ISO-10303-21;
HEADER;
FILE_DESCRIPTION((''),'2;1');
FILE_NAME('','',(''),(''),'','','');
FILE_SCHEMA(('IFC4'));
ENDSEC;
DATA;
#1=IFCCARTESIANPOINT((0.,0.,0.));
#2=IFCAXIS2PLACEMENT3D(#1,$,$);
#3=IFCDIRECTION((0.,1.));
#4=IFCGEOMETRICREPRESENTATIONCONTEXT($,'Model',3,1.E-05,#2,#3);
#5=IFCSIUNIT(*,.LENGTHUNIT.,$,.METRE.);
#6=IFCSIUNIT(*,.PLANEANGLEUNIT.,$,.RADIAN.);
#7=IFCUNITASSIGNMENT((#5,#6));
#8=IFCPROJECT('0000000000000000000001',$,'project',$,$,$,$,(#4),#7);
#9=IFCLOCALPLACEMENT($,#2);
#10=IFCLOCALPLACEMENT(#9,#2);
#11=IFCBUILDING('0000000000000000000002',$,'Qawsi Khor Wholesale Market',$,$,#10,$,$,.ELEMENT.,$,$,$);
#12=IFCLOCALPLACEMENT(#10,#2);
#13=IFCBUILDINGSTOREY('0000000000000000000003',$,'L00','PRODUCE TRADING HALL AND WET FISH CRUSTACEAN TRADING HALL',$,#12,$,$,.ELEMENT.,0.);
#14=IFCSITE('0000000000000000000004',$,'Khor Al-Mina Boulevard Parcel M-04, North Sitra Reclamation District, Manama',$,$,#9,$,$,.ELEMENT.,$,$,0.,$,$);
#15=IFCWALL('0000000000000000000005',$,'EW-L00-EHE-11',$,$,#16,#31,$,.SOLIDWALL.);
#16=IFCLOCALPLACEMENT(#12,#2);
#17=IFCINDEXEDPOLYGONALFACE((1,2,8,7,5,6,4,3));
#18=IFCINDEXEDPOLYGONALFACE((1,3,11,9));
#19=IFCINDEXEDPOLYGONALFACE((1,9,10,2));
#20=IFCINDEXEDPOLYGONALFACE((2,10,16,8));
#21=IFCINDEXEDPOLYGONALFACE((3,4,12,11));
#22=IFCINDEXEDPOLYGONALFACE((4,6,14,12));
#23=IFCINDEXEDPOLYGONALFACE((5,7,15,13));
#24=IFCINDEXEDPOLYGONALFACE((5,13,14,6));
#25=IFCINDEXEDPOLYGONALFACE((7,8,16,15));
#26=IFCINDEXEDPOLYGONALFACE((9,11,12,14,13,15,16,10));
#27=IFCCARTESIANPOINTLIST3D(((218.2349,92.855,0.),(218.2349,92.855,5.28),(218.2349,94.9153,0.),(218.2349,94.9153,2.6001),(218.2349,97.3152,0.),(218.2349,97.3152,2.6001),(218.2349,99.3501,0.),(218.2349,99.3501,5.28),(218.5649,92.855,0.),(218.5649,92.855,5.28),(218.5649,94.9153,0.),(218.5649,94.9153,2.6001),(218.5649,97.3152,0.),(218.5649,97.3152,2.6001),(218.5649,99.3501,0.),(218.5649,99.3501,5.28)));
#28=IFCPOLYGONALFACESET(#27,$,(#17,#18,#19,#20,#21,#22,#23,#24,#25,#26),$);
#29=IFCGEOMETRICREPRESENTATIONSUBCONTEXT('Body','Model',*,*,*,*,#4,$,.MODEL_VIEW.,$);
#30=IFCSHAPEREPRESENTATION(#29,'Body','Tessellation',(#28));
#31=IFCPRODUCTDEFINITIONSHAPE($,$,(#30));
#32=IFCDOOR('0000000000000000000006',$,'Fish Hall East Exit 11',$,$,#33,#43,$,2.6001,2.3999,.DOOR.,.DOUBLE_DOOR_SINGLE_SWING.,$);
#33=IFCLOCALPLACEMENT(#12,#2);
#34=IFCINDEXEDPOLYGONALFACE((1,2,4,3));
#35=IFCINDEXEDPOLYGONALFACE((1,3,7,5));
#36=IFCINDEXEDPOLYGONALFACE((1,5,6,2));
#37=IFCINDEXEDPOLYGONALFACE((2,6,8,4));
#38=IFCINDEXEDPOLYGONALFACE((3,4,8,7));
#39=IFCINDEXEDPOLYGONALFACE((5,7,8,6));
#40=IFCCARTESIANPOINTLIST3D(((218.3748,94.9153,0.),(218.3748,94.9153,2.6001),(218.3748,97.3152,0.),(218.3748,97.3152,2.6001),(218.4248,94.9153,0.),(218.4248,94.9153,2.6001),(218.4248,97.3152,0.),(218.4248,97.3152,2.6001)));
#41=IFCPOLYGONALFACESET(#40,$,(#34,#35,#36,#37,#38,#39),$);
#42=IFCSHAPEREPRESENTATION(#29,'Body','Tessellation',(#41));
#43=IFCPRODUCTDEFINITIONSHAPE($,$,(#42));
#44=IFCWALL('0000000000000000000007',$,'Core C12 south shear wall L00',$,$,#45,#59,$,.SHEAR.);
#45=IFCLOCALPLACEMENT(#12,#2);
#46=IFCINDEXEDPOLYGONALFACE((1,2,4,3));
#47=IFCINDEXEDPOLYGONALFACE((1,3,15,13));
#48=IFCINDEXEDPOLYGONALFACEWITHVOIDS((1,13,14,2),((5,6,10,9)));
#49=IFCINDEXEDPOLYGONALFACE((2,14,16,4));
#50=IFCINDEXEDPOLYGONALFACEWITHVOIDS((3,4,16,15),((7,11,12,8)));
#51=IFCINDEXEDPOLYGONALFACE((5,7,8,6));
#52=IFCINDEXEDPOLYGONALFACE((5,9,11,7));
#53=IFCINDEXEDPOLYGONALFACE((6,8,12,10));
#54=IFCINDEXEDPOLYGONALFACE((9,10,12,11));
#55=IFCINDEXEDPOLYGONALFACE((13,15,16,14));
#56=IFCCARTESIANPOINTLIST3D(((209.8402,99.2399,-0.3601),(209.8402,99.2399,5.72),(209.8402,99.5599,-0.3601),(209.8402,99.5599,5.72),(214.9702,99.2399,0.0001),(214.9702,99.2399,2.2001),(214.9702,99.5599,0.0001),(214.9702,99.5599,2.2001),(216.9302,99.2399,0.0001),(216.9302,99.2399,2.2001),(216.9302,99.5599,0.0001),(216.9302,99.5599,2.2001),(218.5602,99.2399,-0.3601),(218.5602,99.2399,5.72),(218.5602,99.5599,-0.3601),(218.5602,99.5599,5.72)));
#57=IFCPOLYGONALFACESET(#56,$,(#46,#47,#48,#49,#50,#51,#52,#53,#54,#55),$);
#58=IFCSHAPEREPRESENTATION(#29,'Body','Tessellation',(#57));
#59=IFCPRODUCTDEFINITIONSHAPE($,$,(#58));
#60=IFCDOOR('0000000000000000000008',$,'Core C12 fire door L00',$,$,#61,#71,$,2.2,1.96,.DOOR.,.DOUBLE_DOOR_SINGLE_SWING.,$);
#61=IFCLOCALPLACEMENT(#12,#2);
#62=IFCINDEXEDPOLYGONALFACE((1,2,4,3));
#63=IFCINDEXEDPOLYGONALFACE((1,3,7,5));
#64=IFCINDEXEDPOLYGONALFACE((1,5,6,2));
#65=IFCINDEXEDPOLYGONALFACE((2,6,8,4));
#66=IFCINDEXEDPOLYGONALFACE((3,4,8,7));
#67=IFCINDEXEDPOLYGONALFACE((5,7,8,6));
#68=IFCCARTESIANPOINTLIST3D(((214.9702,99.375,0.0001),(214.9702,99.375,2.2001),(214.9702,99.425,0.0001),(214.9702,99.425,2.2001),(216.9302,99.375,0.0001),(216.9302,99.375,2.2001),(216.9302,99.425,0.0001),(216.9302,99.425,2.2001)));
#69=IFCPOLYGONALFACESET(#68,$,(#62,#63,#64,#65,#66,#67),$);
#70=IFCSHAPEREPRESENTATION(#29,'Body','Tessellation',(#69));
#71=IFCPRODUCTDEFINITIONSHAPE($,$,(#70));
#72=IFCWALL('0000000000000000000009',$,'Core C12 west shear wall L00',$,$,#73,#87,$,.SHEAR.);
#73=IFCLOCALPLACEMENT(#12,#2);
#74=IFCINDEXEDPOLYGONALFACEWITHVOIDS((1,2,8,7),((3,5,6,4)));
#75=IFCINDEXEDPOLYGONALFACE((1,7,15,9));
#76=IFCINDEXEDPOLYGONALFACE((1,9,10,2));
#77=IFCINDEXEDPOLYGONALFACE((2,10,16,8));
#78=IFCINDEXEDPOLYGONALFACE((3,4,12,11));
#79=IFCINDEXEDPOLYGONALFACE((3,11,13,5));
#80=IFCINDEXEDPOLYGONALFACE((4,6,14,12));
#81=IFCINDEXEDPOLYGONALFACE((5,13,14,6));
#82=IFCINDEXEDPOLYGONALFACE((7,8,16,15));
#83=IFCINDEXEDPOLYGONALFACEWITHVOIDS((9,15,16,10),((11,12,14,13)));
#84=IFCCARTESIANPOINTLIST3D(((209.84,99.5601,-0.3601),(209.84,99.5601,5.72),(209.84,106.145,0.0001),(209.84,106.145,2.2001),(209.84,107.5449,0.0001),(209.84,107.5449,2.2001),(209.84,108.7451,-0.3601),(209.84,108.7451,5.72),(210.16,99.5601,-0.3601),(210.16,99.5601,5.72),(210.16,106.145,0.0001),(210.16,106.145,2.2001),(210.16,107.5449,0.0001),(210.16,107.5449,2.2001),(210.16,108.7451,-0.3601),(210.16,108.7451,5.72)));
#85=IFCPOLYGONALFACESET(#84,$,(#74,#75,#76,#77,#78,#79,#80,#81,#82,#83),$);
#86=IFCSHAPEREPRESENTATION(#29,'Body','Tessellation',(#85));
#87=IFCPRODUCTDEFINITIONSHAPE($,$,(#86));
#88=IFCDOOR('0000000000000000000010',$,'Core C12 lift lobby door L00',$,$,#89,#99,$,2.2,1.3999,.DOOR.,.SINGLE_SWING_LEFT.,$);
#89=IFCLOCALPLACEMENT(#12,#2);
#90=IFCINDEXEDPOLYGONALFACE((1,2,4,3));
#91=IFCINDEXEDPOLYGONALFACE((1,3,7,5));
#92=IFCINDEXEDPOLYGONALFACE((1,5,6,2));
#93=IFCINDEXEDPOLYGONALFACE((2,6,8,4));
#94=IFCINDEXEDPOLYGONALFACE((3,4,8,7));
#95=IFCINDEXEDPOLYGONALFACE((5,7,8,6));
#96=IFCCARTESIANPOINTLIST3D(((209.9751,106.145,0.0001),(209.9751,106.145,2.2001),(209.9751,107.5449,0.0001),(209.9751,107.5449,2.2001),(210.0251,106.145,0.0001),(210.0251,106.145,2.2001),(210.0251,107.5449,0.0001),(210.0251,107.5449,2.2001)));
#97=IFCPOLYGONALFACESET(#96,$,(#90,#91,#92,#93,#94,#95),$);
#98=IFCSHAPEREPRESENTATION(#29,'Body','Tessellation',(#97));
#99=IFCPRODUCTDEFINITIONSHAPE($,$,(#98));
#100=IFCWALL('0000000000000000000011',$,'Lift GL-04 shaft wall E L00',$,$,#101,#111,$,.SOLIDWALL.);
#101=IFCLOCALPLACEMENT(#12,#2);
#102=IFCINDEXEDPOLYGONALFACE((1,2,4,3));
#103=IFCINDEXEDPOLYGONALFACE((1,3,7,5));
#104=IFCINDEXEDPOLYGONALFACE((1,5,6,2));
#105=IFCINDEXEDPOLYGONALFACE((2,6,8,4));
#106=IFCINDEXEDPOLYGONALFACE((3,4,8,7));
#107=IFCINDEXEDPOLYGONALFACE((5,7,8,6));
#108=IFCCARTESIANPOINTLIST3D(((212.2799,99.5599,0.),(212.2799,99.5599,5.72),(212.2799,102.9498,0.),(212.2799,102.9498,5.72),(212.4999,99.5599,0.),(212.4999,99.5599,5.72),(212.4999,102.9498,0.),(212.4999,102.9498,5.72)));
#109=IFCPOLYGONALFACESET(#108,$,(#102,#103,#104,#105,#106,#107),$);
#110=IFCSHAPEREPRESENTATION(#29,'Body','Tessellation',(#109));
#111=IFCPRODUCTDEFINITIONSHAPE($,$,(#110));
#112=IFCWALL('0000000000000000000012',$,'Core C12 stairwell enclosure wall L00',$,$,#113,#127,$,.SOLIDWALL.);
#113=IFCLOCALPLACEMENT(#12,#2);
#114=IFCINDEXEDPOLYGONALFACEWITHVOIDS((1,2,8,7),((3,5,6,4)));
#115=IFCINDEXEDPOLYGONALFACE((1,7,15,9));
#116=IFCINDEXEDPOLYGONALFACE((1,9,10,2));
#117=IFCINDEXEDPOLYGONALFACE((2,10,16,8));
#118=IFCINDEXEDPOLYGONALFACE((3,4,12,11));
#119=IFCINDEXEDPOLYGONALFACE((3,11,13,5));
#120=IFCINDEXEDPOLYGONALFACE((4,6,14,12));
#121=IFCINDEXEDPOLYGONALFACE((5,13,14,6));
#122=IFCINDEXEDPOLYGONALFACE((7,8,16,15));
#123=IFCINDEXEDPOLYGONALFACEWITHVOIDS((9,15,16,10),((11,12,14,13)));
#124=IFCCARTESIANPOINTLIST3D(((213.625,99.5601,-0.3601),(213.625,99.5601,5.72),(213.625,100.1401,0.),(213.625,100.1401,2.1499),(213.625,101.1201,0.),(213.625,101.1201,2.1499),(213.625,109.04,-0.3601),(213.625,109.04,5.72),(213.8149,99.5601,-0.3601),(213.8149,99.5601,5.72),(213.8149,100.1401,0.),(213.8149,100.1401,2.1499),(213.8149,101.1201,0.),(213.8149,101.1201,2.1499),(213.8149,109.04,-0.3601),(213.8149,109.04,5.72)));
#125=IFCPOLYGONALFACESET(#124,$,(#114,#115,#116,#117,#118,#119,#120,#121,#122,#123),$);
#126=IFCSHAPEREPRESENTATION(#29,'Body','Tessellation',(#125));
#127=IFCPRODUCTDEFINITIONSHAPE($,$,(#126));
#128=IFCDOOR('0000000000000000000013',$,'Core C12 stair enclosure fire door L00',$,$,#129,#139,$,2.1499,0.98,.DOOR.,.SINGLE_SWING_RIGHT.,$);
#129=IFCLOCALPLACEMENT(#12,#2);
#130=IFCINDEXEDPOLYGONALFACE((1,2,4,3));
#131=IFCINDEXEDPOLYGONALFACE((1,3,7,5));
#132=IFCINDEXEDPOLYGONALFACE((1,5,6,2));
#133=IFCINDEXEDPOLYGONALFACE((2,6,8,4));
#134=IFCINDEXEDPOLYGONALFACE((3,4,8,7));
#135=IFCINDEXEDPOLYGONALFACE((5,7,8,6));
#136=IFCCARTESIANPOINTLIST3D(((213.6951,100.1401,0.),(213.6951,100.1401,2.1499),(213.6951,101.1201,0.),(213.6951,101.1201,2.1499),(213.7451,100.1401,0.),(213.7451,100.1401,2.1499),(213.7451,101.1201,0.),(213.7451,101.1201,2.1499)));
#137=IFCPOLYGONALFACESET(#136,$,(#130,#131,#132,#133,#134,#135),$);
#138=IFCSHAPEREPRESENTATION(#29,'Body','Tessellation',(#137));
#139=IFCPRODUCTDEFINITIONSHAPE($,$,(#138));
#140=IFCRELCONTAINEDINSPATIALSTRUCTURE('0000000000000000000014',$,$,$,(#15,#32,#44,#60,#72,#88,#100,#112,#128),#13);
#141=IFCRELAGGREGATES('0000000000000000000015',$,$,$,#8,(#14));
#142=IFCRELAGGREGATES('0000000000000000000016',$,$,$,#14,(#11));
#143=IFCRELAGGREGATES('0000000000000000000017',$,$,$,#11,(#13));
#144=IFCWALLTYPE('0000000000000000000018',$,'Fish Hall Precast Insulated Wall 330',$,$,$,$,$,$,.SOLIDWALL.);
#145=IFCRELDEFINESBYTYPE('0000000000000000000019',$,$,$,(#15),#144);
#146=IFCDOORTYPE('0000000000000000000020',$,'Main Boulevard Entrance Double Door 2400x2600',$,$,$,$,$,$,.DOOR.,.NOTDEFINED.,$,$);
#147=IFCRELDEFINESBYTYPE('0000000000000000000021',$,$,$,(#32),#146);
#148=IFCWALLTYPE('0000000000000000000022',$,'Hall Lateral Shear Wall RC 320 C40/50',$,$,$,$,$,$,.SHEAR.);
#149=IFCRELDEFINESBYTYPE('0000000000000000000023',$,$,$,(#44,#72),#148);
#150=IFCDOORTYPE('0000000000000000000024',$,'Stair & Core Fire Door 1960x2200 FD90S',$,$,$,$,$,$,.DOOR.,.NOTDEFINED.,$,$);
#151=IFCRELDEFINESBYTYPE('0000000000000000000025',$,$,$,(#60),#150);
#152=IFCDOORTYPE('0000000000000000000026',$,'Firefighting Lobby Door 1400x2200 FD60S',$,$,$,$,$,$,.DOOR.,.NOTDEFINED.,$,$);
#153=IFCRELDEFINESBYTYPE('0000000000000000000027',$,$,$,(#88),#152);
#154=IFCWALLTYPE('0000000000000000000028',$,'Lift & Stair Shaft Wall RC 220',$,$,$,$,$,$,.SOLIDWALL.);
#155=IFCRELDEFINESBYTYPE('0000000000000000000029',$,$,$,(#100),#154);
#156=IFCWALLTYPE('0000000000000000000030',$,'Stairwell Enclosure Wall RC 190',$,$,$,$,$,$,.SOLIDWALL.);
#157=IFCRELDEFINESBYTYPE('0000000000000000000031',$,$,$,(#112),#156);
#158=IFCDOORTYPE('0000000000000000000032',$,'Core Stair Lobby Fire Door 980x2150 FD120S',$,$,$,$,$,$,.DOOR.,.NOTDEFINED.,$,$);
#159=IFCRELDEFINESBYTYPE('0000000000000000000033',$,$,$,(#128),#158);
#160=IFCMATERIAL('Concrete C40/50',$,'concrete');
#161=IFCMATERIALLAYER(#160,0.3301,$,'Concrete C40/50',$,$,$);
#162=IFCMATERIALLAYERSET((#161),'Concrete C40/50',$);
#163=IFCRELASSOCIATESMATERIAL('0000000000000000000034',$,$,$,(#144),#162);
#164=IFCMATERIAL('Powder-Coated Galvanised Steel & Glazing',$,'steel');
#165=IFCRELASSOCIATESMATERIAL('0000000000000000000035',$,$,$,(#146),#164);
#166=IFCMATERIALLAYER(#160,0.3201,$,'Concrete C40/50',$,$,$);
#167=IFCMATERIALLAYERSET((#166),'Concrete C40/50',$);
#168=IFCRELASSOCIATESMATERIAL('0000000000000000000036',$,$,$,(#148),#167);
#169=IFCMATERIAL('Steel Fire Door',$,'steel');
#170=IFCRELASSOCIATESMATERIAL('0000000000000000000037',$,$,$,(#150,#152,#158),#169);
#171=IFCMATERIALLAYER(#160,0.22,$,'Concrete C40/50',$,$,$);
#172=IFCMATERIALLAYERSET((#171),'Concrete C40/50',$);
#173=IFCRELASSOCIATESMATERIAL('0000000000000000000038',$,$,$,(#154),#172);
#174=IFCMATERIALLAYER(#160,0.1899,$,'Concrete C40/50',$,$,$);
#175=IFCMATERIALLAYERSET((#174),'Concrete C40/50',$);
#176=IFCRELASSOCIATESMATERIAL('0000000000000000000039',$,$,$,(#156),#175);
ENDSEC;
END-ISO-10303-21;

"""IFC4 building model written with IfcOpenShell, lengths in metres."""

from ifc_helpers import new_model, si_unit, direction, frame, frame_2d, origin, place, context, subcontext, project, spatial, rectangle, extrude, material, layer, layer_set, type_object, element, fill, save


model = new_model("IFC4")

# Units and contexts
model_context = context("Model", 3, precision=1e-05, world=origin(), true_north=direction((0.0, 1.0)))
body_context = subcontext(model_context, "Body", "Model", "MODEL_VIEW")
ifc_project = project(units=[si_unit("LENGTHUNIT", "METRE"), si_unit("PLANEANGLEUNIT", "RADIAN")], contexts=[model_context])

# Site, building, storey
site_placement = place(None, origin())
site = spatial("IfcSite", under=ifc_project, at=site_placement, Name="Khor Al-Mina Boulevard Parcel M-04, North Sitra Reclamation District, Manama", CompositionType="ELEMENT", RefElevation=0.0)
building_placement = place(site_placement, origin())
building = spatial("IfcBuilding", under=site, at=building_placement, Name="Qawsi Khor Wholesale Market", CompositionType="ELEMENT")
storey_placement = place(building_placement, origin())
storey = spatial("IfcBuildingStorey", under=building, at=storey_placement, Name="L00", Description="PRODUCE TRADING HALL AND WET FISH CRUSTACEAN TRADING HALL", CompositionType="ELEMENT", Elevation=0.0)

# Shared definitions
ifc_material_1 = material(Name="Concrete C40/50", Category="concrete")

# Walls, openings, doors
ifc_layer_1 = layer(ifc_material_1, 0.3301, Name="Concrete C40/50")
ifc_layer_set_1 = layer_set([ifc_layer_1], Name="Concrete C40/50")
wall_type_1 = type_object("IfcWallType", Name="Fish Hall Precast Insulated Wall 330", PredefinedType="SOLIDWALL", material=ifc_layer_set_1)
wall_1_placement = place(storey_placement, frame((218.3999, 99.3501, 0.0), z_axis=(0.0, 0.0, 1.0), x_axis=(0.0, -1.0, 0.0)))
wall_1 = element("IfcWall", 1, at=wall_1_placement, inside=storey, type_object=wall_type_1, Name="EW-L00-EHE-11", PredefinedType="SOLIDWALL", context=body_context, shape_type="SweptSolid", body=[
    extrude(rectangle(XDim=6.4951, YDim=0.3301, at=frame_2d((3.2476, 0.0))), origin(), (0.0, 0.0, 1.0), 5.28),
])
opening_1_placement = place(wall_1_placement, frame((2.0349, 0.0, 0.0)))
opening_1 = element("IfcOpeningElement", 2, at=opening_1_placement, cuts=wall_1, PredefinedType="OPENING", context=body_context, shape_type="SweptSolid", body=[
    extrude(rectangle(XDim=2.3999, YDim=2.6001, at=frame_2d((1.2, 1.3))), frame((0.0, 0.175, 0.0), z_axis=(0.0, -1.0, 0.0), x_axis=(1.0, 0.0, 0.0)), (0.0, 0.0, 1.0), 0.3501),
])
ifc_material_2 = material(Name="Powder-Coated Galvanised Steel & Glazing", Category="steel")
door_type_1 = type_object("IfcDoorType", Name="Main Boulevard Entrance Double Door 2400x2600", OperationType="NOTDEFINED", PredefinedType="DOOR", material=ifc_material_2)
door_1_placement = place(opening_1_placement, origin())
door_1 = element("IfcDoor", 3, at=door_1_placement, inside=storey, type_object=door_type_1, Name="Fish Hall East Exit 11", OperationType="DOUBLE_DOOR_SINGLE_SWING", OverallHeight=2.6001, OverallWidth=2.3999, PredefinedType="DOOR", context=body_context, shape_type="SweptSolid", body=[
    extrude(rectangle(XDim=2.3999, YDim=2.6001, at=frame_2d((1.2, 1.3))), frame((0.0, 0.0249, 0.0), z_axis=(0.0, -1.0, 0.0), x_axis=(1.0, 0.0, 0.0)), (0.0, 0.0, 1.0), 0.05),
])
fill(opening_1, door_1)
ifc_layer_2 = layer(ifc_material_1, 0.3201, Name="Concrete C40/50")
ifc_layer_set_2 = layer_set([ifc_layer_2], Name="Concrete C40/50")
wall_type_2 = type_object("IfcWallType", Name="Hall Lateral Shear Wall RC 320 C40/50", PredefinedType="SHEAR", material=ifc_layer_set_2)
wall_2_placement = place(storey_placement, frame((218.5601, 99.3999, -0.3601), z_axis=(0.0, 0.0, 1.0), x_axis=(-1.0, 0.0, 0.0)))
wall_2 = element("IfcWall", 4, at=wall_2_placement, inside=storey, type_object=wall_type_2, Name="Core C12 south shear wall L00", PredefinedType="SHEAR", context=body_context, shape_type="SweptSolid", body=[
    extrude(rectangle(XDim=8.72, YDim=0.3201, at=frame_2d((4.3599, 0.0))), origin(), (0.0, 0.0, 1.0), 6.0801),
])
opening_2_placement = place(wall_2_placement, frame((1.6299, 0.0, 0.3601)))
opening_2 = element("IfcOpeningElement", 5, at=opening_2_placement, cuts=wall_2, PredefinedType="OPENING", context=body_context, shape_type="SweptSolid", body=[
    extrude(rectangle(XDim=1.96, YDim=2.2, at=frame_2d((0.98, 1.1001))), frame((0.0, 0.1699, 0.0), z_axis=(0.0, -1.0, 0.0), x_axis=(1.0, 0.0, 0.0)), (0.0, 0.0, 1.0), 0.3401),
])
ifc_material_3 = material(Name="Steel Fire Door", Category="steel")
door_type_2 = type_object("IfcDoorType", Name="Stair & Core Fire Door 1960x2200 FD90S", OperationType="NOTDEFINED", PredefinedType="DOOR", material=ifc_material_3)
door_2_placement = place(opening_2_placement, origin())
door_2 = element("IfcDoor", 6, at=door_2_placement, inside=storey, type_object=door_type_2, Name="Core C12 fire door L00", OperationType="DOUBLE_DOOR_SINGLE_SWING", OverallHeight=2.2, OverallWidth=1.96, PredefinedType="DOOR", context=body_context, shape_type="SweptSolid", body=[
    extrude(rectangle(XDim=1.96, YDim=2.2, at=frame_2d((0.98, 1.1001))), frame((0.0, 0.0249, 0.0), z_axis=(0.0, -1.0, 0.0), x_axis=(1.0, 0.0, 0.0)), (0.0, 0.0, 1.0), 0.05),
])
fill(opening_2, door_2)
wall_3_placement = place(storey_placement, frame((210.0, 99.5601, -0.3601), z_axis=(0.0, 0.0, 1.0), x_axis=(0.0, 1.0, 0.0)))
wall_3 = element("IfcWall", 7, at=wall_3_placement, inside=storey, type_object=wall_type_2, Name="Core C12 west shear wall L00", PredefinedType="SHEAR", context=body_context, shape_type="SweptSolid", body=[
    extrude(rectangle(XDim=9.1851, YDim=0.3201, at=frame_2d((4.5925, 0.0))), origin(), (0.0, 0.0, 1.0), 6.0801),
])
opening_3_placement = place(wall_3_placement, frame((6.585, 0.0, 0.3601)))
opening_3 = element("IfcOpeningElement", 8, at=opening_3_placement, cuts=wall_3, PredefinedType="OPENING", context=body_context, shape_type="SweptSolid", body=[
    extrude(rectangle(XDim=1.3999, YDim=2.2, at=frame_2d((0.7, 1.1001))), frame((0.0, 0.1699, 0.0), z_axis=(0.0, -1.0, 0.0), x_axis=(1.0, 0.0, 0.0)), (0.0, 0.0, 1.0), 0.3401),
])
door_type_3 = type_object("IfcDoorType", Name="Firefighting Lobby Door 1400x2200 FD60S", OperationType="NOTDEFINED", PredefinedType="DOOR", material=ifc_material_3)
door_3_placement = place(opening_3_placement, origin())
door_3 = element("IfcDoor", 9, at=door_3_placement, inside=storey, type_object=door_type_3, Name="Core C12 lift lobby door L00", OperationType="SINGLE_SWING_LEFT", OverallHeight=2.2, OverallWidth=1.3999, PredefinedType="DOOR", context=body_context, shape_type="SweptSolid", body=[
    extrude(rectangle(XDim=1.3999, YDim=2.2, at=frame_2d((0.7, 1.1001))), frame((0.0, 0.0249, 0.0), z_axis=(0.0, -1.0, 0.0), x_axis=(1.0, 0.0, 0.0)), (0.0, 0.0, 1.0), 0.05),
])
fill(opening_3, door_3)

# Wall
ifc_layer_3 = layer(ifc_material_1, 0.22, Name="Concrete C40/50")
ifc_layer_set_3 = layer_set([ifc_layer_3], Name="Concrete C40/50")
wall_type_3 = type_object("IfcWallType", Name="Lift & Stair Shaft Wall RC 220", PredefinedType="SOLIDWALL", material=ifc_layer_set_3)
wall_4_placement = place(storey_placement, frame((212.3899, 99.5601, 0.0), z_axis=(0.0, 0.0, 1.0), x_axis=(0.0, 1.0, 0.0)))
element("IfcWall", 10, at=wall_4_placement, inside=storey, type_object=wall_type_3, Name="Lift GL-04 shaft wall E L00", PredefinedType="SOLIDWALL", context=body_context, shape_type="SweptSolid", body=[
    extrude(rectangle(XDim=3.3899, YDim=0.22, at=frame_2d((1.6948, 0.0))), origin(), (0.0, 0.0, 1.0), 5.72),
])

# Wall, opening, door
ifc_layer_4 = layer(ifc_material_1, 0.1899, Name="Concrete C40/50")
ifc_layer_set_4 = layer_set([ifc_layer_4], Name="Concrete C40/50")
wall_type_4 = type_object("IfcWallType", Name="Stairwell Enclosure Wall RC 190", PredefinedType="SOLIDWALL", material=ifc_layer_set_4)
wall_5_placement = place(storey_placement, frame((213.72, 99.5601, -0.3601), z_axis=(0.0, 0.0, 1.0), x_axis=(0.0, 1.0, 0.0)))
wall_5 = element("IfcWall", 11, at=wall_5_placement, inside=storey, type_object=wall_type_4, Name="Core C12 stairwell enclosure wall L00", PredefinedType="SOLIDWALL", context=body_context, shape_type="SweptSolid", body=[
    extrude(rectangle(XDim=9.48, YDim=0.1899, at=frame_2d((4.74, 0.0))), origin(), (0.0, 0.0, 1.0), 6.0801),
])
opening_4_placement = place(wall_5_placement, frame((0.5801, 0.0, 0.3601)))
opening_4 = element("IfcOpeningElement", 12, at=opening_4_placement, cuts=wall_5, PredefinedType="OPENING", context=body_context, shape_type="SweptSolid", body=[
    extrude(rectangle(XDim=0.98, YDim=2.1499, at=frame_2d((0.49, 1.075))), frame((0.0, 0.105, 0.0), z_axis=(0.0, -1.0, 0.0), x_axis=(1.0, 0.0, 0.0)), (0.0, 0.0, 1.0), 0.21),
])
door_type_4 = type_object("IfcDoorType", Name="Core Stair Lobby Fire Door 980x2150 FD120S", OperationType="NOTDEFINED", PredefinedType="DOOR", material=ifc_material_3)
door_4_placement = place(opening_4_placement, origin())
door_4 = element("IfcDoor", 13, at=door_4_placement, inside=storey, type_object=door_type_4, Name="Core C12 stair enclosure fire door L00", OperationType="SINGLE_SWING_RIGHT", OverallHeight=2.1499, OverallWidth=0.98, PredefinedType="DOOR", context=body_context, shape_type="SweptSolid", body=[
    extrude(rectangle(XDim=0.98, YDim=2.1499, at=frame_2d((0.49, 1.075))), frame((0.0, 0.0249, 0.0), z_axis=(0.0, -1.0, 0.0), x_axis=(1.0, 0.0, 0.0)), (0.0, 0.0, 1.0), 0.05),
])
fill(opening_4, door_4)

save(model, "model.ifc")
